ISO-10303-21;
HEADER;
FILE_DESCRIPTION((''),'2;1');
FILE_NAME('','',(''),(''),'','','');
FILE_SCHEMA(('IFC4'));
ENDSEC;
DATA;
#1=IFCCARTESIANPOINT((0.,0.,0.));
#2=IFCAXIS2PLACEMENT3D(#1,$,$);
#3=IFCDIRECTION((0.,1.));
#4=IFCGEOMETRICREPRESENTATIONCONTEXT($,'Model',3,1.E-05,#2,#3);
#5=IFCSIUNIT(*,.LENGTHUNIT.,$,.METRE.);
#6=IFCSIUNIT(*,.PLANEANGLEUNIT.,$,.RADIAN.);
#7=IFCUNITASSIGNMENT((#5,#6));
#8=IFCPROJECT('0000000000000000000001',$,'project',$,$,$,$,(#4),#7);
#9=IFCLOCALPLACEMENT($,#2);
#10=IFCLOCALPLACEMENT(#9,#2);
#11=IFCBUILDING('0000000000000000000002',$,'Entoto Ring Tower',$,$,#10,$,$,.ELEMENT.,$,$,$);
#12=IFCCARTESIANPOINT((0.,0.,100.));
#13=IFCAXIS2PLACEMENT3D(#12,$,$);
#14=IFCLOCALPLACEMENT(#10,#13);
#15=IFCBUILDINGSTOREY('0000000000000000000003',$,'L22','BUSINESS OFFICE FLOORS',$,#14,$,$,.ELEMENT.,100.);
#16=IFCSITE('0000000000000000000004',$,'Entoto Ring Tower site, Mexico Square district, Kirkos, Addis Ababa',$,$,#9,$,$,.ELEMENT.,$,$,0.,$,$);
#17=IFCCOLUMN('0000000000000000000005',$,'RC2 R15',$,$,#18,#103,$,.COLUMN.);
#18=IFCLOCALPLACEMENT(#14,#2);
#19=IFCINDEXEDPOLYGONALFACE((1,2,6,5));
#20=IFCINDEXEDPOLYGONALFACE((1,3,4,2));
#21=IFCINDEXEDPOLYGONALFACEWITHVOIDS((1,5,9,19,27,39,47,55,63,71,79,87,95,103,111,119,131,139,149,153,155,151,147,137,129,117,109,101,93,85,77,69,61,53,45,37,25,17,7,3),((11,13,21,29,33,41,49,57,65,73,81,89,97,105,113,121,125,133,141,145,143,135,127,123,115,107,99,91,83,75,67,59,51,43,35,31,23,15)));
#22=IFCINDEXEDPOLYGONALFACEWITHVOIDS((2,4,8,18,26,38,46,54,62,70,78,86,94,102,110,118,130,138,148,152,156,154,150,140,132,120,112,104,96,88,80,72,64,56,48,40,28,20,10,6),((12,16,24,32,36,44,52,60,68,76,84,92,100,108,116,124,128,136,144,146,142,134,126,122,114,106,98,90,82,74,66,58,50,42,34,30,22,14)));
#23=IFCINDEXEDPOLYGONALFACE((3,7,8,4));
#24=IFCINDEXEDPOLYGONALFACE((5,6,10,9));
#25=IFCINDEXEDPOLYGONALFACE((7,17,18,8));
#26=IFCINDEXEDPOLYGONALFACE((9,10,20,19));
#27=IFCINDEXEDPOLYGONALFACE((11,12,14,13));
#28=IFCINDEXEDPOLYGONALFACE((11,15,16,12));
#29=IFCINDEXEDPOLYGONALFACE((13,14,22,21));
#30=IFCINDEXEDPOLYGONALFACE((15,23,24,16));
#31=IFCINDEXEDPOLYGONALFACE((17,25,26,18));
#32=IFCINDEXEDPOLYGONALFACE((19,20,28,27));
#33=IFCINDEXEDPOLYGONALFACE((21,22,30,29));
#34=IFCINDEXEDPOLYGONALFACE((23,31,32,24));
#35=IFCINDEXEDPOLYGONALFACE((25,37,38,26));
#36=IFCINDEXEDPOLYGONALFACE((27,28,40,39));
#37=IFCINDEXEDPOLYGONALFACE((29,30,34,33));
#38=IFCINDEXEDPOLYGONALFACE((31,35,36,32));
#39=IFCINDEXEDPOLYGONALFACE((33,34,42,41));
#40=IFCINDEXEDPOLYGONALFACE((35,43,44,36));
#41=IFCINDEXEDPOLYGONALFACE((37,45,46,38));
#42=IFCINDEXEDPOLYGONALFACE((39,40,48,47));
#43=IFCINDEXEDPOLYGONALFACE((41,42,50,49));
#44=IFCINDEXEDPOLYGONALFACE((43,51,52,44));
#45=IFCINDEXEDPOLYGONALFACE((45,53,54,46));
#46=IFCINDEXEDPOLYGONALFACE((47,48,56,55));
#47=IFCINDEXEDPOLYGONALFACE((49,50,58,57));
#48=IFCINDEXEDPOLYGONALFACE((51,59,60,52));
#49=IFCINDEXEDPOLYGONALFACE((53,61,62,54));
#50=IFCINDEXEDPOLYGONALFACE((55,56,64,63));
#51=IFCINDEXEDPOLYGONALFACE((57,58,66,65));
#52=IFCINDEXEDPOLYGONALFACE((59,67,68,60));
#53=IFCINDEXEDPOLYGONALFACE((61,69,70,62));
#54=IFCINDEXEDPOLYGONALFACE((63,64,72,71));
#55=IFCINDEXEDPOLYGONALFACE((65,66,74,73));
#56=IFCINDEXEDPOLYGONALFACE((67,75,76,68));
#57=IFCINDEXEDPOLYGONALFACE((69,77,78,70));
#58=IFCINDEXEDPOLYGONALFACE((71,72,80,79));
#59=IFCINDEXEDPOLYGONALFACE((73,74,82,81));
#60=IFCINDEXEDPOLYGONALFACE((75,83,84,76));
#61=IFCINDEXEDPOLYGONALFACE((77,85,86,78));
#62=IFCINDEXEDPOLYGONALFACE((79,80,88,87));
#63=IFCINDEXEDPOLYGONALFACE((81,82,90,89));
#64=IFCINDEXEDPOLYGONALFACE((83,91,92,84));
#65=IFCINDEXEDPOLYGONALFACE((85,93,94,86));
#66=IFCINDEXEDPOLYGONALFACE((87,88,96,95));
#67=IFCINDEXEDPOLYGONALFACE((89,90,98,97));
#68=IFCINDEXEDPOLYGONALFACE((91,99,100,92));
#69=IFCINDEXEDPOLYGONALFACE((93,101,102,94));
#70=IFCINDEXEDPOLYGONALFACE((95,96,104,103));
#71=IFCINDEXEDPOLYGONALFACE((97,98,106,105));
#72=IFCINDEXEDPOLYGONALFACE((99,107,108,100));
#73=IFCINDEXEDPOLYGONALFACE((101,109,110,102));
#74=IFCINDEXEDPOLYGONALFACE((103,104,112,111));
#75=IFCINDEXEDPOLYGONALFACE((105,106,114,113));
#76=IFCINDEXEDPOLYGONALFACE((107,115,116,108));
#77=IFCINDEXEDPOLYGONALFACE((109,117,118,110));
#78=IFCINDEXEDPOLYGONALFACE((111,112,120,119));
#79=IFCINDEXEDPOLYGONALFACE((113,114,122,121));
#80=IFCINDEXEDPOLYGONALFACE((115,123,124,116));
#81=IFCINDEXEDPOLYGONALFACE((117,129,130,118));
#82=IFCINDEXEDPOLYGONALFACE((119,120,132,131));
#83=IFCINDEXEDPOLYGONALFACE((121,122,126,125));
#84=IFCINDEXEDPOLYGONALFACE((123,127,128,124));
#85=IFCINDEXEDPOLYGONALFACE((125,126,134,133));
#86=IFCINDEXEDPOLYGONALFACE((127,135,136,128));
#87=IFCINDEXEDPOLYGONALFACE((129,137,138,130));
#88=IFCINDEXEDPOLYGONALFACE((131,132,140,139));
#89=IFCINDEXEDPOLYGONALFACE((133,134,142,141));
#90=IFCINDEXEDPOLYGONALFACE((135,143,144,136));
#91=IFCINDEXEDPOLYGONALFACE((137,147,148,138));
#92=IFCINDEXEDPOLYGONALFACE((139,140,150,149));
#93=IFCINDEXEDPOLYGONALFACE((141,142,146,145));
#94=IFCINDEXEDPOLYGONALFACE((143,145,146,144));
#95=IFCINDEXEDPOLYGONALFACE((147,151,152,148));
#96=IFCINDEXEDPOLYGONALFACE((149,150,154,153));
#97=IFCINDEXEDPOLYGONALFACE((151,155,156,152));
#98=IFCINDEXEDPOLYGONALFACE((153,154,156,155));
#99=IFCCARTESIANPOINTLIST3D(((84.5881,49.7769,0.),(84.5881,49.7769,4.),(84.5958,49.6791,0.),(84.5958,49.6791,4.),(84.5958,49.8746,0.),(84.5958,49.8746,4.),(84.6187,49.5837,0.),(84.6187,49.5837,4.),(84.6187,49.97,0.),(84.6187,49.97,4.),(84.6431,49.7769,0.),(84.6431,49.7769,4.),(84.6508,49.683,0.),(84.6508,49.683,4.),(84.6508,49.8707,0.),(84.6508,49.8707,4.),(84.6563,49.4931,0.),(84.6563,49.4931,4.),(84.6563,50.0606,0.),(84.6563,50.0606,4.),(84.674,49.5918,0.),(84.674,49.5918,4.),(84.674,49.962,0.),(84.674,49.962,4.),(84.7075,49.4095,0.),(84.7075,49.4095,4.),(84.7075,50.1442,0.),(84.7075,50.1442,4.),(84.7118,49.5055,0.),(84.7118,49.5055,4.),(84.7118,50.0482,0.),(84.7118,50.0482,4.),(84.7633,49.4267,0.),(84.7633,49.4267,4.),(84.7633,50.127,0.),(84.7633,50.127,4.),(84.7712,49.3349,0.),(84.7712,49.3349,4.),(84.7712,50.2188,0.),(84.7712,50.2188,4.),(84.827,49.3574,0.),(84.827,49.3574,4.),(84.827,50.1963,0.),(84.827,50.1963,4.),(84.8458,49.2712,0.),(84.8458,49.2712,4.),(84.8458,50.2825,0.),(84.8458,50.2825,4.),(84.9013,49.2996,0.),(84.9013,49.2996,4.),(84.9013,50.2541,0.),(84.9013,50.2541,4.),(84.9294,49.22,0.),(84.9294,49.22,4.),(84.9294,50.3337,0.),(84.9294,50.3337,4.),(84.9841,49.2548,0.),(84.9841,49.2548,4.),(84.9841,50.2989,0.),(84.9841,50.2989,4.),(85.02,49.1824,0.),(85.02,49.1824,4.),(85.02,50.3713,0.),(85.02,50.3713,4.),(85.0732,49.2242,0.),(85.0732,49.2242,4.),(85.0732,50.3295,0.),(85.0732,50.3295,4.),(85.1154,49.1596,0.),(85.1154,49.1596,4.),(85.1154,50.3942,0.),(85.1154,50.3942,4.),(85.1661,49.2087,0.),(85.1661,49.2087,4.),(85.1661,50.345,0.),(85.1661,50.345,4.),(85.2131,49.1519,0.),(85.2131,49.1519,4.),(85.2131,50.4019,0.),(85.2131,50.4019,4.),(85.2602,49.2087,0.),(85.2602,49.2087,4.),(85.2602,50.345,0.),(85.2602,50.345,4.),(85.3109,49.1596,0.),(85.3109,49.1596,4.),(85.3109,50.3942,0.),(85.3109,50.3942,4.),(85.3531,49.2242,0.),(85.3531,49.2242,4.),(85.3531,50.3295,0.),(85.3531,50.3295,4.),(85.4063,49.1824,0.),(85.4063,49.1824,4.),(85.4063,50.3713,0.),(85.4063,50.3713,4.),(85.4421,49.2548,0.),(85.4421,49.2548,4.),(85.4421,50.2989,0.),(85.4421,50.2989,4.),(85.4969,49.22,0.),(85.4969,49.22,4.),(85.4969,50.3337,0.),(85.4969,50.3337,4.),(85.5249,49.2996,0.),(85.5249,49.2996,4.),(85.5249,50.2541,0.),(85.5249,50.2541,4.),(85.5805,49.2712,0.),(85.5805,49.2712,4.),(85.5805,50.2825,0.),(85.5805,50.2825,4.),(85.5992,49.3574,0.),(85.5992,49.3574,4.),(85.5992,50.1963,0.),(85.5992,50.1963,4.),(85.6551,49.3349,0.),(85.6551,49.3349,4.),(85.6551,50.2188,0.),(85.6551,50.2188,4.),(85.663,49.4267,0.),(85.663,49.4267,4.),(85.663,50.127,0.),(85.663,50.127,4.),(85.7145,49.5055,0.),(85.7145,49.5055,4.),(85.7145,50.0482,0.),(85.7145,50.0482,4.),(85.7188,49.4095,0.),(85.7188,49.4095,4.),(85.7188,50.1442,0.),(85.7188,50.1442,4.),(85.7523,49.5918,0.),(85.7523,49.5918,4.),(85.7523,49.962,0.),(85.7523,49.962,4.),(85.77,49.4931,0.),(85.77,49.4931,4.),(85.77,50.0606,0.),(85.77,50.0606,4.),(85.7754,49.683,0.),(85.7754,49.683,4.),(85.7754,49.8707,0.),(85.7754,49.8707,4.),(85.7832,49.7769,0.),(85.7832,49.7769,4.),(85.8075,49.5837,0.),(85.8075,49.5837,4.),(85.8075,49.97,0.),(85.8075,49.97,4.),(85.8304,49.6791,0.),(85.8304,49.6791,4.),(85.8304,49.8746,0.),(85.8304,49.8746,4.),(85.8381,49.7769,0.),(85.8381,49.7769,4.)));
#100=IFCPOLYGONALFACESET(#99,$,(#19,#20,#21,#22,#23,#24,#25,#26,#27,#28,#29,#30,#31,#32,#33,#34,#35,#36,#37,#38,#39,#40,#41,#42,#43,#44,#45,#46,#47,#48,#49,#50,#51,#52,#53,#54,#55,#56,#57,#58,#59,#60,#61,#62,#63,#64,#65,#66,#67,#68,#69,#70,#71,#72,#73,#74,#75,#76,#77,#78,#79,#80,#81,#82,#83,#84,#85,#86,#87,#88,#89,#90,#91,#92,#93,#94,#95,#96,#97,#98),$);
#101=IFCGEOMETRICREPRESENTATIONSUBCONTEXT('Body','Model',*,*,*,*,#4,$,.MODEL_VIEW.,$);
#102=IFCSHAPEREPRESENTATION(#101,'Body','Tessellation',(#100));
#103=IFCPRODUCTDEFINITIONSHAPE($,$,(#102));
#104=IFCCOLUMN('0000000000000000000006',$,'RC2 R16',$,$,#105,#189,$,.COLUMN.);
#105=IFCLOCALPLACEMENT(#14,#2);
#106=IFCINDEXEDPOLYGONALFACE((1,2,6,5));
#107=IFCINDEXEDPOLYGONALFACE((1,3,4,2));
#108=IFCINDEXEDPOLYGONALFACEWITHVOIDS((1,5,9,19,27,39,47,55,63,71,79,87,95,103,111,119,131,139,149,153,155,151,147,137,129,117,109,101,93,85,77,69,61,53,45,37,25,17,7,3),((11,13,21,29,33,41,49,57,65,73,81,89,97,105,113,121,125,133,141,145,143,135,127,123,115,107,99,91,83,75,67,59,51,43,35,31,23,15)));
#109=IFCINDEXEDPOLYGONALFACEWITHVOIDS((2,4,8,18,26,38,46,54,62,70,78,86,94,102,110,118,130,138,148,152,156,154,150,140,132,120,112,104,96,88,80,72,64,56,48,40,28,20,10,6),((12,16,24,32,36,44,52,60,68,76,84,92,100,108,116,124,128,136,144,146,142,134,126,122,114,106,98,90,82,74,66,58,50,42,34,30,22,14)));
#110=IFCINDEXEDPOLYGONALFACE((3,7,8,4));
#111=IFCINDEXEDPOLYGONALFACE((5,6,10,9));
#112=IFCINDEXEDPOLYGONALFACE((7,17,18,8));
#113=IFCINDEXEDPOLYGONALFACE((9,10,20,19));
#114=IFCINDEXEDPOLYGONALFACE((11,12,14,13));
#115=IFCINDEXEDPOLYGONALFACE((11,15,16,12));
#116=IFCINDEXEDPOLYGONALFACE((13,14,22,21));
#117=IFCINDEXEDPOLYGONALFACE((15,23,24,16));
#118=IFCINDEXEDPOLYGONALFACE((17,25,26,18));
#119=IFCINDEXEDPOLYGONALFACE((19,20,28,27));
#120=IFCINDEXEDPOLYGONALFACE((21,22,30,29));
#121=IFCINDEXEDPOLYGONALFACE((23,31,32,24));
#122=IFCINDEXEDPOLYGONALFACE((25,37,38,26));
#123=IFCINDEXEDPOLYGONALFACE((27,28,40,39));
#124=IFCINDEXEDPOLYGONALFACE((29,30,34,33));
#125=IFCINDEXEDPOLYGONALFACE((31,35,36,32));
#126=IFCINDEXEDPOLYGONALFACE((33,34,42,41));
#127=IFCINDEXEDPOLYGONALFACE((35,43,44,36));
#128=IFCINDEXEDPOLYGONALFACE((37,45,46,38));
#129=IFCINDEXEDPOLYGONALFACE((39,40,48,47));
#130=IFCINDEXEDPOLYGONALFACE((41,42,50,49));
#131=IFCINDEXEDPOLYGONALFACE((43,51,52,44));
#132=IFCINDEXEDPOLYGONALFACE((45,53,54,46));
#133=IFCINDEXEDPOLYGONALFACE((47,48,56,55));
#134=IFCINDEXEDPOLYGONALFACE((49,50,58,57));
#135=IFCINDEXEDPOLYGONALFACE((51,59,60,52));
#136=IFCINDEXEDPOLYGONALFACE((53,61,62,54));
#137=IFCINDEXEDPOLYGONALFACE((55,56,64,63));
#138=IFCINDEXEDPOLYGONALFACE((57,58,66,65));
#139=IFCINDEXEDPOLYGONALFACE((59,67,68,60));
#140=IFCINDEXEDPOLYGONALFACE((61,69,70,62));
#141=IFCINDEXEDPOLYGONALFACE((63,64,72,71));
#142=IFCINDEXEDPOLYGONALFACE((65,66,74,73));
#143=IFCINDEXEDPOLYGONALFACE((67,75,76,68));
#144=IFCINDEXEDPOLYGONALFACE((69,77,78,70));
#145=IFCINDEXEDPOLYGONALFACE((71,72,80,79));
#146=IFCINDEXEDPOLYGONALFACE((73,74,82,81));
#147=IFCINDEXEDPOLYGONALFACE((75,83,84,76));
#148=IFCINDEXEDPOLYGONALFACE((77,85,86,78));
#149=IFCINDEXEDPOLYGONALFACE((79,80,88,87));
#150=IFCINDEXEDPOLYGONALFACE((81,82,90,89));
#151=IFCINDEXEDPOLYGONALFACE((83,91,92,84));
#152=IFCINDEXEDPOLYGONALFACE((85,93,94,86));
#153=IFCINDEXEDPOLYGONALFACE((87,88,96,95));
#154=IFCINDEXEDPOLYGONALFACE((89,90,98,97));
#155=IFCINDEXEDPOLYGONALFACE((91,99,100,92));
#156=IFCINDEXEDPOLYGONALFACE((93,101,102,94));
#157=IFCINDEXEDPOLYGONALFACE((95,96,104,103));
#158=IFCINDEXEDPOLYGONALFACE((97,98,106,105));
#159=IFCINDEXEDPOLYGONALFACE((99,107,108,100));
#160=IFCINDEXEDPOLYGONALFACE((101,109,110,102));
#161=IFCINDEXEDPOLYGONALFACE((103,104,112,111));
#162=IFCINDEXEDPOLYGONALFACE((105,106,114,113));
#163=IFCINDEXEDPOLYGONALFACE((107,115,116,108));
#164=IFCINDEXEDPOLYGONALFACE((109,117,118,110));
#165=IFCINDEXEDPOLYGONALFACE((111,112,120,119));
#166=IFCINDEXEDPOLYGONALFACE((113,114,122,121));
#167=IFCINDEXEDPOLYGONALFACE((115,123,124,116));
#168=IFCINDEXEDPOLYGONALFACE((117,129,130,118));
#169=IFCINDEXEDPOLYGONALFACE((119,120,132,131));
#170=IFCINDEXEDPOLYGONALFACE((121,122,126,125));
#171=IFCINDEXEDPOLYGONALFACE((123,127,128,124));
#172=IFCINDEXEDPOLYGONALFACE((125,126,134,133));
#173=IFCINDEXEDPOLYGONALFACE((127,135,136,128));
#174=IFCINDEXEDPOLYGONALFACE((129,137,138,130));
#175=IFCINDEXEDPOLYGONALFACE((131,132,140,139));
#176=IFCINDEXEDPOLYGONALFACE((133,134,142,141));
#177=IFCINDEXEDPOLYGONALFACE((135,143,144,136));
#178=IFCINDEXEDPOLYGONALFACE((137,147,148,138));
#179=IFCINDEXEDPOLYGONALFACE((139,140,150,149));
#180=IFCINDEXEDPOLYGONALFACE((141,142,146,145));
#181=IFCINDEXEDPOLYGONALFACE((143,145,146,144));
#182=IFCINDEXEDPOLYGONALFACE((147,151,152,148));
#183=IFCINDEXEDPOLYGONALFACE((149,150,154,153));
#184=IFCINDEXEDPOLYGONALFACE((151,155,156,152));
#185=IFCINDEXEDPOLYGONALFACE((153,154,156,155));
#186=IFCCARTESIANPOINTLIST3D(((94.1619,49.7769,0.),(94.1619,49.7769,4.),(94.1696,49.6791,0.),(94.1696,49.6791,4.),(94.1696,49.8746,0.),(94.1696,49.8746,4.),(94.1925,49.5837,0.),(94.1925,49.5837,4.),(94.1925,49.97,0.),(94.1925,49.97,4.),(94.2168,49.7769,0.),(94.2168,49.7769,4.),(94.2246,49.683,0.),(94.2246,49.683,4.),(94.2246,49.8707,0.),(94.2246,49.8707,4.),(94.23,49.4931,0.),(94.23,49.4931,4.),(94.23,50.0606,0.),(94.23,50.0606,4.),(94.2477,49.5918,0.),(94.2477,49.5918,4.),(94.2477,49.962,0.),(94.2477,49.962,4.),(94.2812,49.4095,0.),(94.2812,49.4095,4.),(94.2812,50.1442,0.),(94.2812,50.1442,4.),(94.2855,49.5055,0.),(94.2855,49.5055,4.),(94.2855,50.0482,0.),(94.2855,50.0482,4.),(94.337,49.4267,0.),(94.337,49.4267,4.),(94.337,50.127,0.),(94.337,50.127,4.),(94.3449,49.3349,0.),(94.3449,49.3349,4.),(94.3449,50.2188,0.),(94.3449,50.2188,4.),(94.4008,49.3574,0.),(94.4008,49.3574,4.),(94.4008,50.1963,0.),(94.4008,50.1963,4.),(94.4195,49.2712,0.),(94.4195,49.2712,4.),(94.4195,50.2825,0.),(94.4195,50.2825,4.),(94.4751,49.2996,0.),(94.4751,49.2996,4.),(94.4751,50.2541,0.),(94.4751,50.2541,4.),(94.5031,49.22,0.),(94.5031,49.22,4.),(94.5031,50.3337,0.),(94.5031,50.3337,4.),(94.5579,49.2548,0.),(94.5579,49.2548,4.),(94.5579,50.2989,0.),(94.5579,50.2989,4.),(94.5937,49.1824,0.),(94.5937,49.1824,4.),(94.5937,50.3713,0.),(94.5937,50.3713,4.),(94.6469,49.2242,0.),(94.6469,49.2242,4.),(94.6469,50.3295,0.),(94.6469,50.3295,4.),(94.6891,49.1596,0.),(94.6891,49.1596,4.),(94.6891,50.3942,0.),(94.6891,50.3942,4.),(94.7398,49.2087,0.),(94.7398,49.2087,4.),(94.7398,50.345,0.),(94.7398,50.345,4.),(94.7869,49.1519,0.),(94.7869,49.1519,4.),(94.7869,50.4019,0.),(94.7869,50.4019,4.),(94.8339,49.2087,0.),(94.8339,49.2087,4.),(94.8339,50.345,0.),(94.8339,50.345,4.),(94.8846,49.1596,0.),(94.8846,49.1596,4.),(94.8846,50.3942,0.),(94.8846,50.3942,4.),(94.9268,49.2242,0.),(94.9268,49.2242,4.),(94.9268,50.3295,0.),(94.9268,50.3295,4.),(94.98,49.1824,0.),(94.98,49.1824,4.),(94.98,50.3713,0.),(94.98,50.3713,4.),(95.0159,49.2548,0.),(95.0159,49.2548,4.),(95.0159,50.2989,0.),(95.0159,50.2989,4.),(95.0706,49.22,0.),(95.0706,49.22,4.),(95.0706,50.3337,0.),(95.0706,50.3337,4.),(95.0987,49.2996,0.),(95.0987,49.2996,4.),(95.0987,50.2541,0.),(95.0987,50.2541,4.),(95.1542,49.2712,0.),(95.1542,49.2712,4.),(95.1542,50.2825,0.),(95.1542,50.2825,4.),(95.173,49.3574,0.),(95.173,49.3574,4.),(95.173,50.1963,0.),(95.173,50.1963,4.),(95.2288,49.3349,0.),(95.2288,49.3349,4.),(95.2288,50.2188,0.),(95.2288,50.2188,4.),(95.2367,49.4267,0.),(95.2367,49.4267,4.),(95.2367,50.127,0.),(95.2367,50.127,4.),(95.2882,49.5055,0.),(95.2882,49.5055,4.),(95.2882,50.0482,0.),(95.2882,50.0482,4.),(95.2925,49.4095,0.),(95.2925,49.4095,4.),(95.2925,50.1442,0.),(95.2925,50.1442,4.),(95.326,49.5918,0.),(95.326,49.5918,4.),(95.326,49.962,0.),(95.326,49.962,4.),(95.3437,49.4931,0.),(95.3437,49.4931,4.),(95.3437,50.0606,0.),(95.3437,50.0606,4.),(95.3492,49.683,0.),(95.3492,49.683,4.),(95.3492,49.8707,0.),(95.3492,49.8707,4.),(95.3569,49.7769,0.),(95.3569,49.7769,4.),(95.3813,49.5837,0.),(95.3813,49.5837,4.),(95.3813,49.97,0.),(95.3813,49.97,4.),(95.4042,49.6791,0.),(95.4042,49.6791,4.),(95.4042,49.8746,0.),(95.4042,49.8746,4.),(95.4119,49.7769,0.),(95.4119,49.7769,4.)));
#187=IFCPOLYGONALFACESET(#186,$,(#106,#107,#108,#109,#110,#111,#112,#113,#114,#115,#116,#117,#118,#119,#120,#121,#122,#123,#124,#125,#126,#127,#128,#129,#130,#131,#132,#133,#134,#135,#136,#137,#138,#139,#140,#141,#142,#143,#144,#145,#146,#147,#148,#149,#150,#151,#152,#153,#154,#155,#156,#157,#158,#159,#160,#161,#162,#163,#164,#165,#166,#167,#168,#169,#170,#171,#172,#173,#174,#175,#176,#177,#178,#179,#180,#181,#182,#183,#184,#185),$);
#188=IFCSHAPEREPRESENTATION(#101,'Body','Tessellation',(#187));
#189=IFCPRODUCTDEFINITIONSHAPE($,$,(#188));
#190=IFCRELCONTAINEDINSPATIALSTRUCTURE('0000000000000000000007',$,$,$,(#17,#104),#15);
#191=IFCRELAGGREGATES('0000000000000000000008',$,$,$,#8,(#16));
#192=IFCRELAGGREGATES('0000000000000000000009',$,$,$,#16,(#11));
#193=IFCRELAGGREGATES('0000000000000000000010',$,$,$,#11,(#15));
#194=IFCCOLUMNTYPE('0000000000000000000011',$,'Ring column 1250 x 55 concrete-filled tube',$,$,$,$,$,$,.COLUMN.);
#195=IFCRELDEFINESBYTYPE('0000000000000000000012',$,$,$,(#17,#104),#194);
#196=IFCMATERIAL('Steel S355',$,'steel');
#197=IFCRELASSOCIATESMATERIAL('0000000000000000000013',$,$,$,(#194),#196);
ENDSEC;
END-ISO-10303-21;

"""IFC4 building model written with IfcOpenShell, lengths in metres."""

from ifc_helpers import new_model, si_unit, direction, frame, origin, origin_2d, place, context, subcontext, project, spatial, circle, hollow_circle, extrude, material, material_profile, profile_set, type_object, element, save


model = new_model("IFC4")

# Units and contexts
model_context = context("Model", 3, precision=1e-05, world=origin(), true_north=direction((0.0, 1.0)))
body_context = subcontext(model_context, "Body", "Model", "MODEL_VIEW")
ifc_project = project(units=[si_unit("LENGTHUNIT", "METRE"), si_unit("PLANEANGLEUNIT", "RADIAN")], contexts=[model_context])

# Site, building, storey
site_placement = place(None, origin())
site = spatial("IfcSite", under=ifc_project, at=site_placement, Name="Entoto Ring Tower site, Mexico Square district, Kirkos, Addis Ababa", CompositionType="ELEMENT", RefElevation=0.0)
building_placement = place(site_placement, origin())
building = spatial("IfcBuilding", under=site, at=building_placement, Name="Entoto Ring Tower", CompositionType="ELEMENT")
storey_placement = place(building_placement, frame((0.0, 0.0, 100.0)))
storey = spatial("IfcBuildingStorey", under=building, at=storey_placement, Name="L22", Description="BUSINESS OFFICE FLOORS", CompositionType="ELEMENT", Elevation=100.0)

# Columns
ifc_material_1 = material(Name="Steel S355", Category="steel")
ifc_material_profile_1 = material_profile(ifc_material_1, hollow_circle(Radius=0.625, WallThickness=0.0549, at=origin_2d()), Name="CHS 1250 x 55")
ifc_material_2 = material(Name="Concrete C60/75", Category="concrete")
ifc_material_profile_2 = material_profile(ifc_material_2, circle(Radius=0.5701, at=origin_2d()), Name="Concrete C60/75 infill")
ifc_profile_set_1 = profile_set([ifc_material_profile_1, ifc_material_profile_2], Name="Steel S355")
column_type = type_object("IfcColumnType", Name="Ring column 1250 x 55 concrete-filled tube", PredefinedType="COLUMN", material=ifc_profile_set_1)
for number, where, z_axis, x_axis, name in (
    (1, (85.2131, 49.7769, 0.0), (0.0, 0.0, 1.0), (1.0, 0.0, 0.0), "RC2 R15"),
    (2, (94.7869, 49.7769, 0.0), (0.0, 0.0, 1.0), (1.0, 0.0, 0.0), "RC2 R16"),
):
    element("IfcColumn", number, at=place(storey_placement, frame(where, z_axis=z_axis, x_axis=x_axis)), inside=storey, type_object=column_type, Name=name, PredefinedType="COLUMN", context=body_context, shape_type="SweptSolid", body=[
        extrude(hollow_circle(Radius=0.625, WallThickness=0.0549, at=origin_2d()), origin(), (0.0, 0.0, 1.0), 4.0),
    ])

save(model, "model.ifc")
